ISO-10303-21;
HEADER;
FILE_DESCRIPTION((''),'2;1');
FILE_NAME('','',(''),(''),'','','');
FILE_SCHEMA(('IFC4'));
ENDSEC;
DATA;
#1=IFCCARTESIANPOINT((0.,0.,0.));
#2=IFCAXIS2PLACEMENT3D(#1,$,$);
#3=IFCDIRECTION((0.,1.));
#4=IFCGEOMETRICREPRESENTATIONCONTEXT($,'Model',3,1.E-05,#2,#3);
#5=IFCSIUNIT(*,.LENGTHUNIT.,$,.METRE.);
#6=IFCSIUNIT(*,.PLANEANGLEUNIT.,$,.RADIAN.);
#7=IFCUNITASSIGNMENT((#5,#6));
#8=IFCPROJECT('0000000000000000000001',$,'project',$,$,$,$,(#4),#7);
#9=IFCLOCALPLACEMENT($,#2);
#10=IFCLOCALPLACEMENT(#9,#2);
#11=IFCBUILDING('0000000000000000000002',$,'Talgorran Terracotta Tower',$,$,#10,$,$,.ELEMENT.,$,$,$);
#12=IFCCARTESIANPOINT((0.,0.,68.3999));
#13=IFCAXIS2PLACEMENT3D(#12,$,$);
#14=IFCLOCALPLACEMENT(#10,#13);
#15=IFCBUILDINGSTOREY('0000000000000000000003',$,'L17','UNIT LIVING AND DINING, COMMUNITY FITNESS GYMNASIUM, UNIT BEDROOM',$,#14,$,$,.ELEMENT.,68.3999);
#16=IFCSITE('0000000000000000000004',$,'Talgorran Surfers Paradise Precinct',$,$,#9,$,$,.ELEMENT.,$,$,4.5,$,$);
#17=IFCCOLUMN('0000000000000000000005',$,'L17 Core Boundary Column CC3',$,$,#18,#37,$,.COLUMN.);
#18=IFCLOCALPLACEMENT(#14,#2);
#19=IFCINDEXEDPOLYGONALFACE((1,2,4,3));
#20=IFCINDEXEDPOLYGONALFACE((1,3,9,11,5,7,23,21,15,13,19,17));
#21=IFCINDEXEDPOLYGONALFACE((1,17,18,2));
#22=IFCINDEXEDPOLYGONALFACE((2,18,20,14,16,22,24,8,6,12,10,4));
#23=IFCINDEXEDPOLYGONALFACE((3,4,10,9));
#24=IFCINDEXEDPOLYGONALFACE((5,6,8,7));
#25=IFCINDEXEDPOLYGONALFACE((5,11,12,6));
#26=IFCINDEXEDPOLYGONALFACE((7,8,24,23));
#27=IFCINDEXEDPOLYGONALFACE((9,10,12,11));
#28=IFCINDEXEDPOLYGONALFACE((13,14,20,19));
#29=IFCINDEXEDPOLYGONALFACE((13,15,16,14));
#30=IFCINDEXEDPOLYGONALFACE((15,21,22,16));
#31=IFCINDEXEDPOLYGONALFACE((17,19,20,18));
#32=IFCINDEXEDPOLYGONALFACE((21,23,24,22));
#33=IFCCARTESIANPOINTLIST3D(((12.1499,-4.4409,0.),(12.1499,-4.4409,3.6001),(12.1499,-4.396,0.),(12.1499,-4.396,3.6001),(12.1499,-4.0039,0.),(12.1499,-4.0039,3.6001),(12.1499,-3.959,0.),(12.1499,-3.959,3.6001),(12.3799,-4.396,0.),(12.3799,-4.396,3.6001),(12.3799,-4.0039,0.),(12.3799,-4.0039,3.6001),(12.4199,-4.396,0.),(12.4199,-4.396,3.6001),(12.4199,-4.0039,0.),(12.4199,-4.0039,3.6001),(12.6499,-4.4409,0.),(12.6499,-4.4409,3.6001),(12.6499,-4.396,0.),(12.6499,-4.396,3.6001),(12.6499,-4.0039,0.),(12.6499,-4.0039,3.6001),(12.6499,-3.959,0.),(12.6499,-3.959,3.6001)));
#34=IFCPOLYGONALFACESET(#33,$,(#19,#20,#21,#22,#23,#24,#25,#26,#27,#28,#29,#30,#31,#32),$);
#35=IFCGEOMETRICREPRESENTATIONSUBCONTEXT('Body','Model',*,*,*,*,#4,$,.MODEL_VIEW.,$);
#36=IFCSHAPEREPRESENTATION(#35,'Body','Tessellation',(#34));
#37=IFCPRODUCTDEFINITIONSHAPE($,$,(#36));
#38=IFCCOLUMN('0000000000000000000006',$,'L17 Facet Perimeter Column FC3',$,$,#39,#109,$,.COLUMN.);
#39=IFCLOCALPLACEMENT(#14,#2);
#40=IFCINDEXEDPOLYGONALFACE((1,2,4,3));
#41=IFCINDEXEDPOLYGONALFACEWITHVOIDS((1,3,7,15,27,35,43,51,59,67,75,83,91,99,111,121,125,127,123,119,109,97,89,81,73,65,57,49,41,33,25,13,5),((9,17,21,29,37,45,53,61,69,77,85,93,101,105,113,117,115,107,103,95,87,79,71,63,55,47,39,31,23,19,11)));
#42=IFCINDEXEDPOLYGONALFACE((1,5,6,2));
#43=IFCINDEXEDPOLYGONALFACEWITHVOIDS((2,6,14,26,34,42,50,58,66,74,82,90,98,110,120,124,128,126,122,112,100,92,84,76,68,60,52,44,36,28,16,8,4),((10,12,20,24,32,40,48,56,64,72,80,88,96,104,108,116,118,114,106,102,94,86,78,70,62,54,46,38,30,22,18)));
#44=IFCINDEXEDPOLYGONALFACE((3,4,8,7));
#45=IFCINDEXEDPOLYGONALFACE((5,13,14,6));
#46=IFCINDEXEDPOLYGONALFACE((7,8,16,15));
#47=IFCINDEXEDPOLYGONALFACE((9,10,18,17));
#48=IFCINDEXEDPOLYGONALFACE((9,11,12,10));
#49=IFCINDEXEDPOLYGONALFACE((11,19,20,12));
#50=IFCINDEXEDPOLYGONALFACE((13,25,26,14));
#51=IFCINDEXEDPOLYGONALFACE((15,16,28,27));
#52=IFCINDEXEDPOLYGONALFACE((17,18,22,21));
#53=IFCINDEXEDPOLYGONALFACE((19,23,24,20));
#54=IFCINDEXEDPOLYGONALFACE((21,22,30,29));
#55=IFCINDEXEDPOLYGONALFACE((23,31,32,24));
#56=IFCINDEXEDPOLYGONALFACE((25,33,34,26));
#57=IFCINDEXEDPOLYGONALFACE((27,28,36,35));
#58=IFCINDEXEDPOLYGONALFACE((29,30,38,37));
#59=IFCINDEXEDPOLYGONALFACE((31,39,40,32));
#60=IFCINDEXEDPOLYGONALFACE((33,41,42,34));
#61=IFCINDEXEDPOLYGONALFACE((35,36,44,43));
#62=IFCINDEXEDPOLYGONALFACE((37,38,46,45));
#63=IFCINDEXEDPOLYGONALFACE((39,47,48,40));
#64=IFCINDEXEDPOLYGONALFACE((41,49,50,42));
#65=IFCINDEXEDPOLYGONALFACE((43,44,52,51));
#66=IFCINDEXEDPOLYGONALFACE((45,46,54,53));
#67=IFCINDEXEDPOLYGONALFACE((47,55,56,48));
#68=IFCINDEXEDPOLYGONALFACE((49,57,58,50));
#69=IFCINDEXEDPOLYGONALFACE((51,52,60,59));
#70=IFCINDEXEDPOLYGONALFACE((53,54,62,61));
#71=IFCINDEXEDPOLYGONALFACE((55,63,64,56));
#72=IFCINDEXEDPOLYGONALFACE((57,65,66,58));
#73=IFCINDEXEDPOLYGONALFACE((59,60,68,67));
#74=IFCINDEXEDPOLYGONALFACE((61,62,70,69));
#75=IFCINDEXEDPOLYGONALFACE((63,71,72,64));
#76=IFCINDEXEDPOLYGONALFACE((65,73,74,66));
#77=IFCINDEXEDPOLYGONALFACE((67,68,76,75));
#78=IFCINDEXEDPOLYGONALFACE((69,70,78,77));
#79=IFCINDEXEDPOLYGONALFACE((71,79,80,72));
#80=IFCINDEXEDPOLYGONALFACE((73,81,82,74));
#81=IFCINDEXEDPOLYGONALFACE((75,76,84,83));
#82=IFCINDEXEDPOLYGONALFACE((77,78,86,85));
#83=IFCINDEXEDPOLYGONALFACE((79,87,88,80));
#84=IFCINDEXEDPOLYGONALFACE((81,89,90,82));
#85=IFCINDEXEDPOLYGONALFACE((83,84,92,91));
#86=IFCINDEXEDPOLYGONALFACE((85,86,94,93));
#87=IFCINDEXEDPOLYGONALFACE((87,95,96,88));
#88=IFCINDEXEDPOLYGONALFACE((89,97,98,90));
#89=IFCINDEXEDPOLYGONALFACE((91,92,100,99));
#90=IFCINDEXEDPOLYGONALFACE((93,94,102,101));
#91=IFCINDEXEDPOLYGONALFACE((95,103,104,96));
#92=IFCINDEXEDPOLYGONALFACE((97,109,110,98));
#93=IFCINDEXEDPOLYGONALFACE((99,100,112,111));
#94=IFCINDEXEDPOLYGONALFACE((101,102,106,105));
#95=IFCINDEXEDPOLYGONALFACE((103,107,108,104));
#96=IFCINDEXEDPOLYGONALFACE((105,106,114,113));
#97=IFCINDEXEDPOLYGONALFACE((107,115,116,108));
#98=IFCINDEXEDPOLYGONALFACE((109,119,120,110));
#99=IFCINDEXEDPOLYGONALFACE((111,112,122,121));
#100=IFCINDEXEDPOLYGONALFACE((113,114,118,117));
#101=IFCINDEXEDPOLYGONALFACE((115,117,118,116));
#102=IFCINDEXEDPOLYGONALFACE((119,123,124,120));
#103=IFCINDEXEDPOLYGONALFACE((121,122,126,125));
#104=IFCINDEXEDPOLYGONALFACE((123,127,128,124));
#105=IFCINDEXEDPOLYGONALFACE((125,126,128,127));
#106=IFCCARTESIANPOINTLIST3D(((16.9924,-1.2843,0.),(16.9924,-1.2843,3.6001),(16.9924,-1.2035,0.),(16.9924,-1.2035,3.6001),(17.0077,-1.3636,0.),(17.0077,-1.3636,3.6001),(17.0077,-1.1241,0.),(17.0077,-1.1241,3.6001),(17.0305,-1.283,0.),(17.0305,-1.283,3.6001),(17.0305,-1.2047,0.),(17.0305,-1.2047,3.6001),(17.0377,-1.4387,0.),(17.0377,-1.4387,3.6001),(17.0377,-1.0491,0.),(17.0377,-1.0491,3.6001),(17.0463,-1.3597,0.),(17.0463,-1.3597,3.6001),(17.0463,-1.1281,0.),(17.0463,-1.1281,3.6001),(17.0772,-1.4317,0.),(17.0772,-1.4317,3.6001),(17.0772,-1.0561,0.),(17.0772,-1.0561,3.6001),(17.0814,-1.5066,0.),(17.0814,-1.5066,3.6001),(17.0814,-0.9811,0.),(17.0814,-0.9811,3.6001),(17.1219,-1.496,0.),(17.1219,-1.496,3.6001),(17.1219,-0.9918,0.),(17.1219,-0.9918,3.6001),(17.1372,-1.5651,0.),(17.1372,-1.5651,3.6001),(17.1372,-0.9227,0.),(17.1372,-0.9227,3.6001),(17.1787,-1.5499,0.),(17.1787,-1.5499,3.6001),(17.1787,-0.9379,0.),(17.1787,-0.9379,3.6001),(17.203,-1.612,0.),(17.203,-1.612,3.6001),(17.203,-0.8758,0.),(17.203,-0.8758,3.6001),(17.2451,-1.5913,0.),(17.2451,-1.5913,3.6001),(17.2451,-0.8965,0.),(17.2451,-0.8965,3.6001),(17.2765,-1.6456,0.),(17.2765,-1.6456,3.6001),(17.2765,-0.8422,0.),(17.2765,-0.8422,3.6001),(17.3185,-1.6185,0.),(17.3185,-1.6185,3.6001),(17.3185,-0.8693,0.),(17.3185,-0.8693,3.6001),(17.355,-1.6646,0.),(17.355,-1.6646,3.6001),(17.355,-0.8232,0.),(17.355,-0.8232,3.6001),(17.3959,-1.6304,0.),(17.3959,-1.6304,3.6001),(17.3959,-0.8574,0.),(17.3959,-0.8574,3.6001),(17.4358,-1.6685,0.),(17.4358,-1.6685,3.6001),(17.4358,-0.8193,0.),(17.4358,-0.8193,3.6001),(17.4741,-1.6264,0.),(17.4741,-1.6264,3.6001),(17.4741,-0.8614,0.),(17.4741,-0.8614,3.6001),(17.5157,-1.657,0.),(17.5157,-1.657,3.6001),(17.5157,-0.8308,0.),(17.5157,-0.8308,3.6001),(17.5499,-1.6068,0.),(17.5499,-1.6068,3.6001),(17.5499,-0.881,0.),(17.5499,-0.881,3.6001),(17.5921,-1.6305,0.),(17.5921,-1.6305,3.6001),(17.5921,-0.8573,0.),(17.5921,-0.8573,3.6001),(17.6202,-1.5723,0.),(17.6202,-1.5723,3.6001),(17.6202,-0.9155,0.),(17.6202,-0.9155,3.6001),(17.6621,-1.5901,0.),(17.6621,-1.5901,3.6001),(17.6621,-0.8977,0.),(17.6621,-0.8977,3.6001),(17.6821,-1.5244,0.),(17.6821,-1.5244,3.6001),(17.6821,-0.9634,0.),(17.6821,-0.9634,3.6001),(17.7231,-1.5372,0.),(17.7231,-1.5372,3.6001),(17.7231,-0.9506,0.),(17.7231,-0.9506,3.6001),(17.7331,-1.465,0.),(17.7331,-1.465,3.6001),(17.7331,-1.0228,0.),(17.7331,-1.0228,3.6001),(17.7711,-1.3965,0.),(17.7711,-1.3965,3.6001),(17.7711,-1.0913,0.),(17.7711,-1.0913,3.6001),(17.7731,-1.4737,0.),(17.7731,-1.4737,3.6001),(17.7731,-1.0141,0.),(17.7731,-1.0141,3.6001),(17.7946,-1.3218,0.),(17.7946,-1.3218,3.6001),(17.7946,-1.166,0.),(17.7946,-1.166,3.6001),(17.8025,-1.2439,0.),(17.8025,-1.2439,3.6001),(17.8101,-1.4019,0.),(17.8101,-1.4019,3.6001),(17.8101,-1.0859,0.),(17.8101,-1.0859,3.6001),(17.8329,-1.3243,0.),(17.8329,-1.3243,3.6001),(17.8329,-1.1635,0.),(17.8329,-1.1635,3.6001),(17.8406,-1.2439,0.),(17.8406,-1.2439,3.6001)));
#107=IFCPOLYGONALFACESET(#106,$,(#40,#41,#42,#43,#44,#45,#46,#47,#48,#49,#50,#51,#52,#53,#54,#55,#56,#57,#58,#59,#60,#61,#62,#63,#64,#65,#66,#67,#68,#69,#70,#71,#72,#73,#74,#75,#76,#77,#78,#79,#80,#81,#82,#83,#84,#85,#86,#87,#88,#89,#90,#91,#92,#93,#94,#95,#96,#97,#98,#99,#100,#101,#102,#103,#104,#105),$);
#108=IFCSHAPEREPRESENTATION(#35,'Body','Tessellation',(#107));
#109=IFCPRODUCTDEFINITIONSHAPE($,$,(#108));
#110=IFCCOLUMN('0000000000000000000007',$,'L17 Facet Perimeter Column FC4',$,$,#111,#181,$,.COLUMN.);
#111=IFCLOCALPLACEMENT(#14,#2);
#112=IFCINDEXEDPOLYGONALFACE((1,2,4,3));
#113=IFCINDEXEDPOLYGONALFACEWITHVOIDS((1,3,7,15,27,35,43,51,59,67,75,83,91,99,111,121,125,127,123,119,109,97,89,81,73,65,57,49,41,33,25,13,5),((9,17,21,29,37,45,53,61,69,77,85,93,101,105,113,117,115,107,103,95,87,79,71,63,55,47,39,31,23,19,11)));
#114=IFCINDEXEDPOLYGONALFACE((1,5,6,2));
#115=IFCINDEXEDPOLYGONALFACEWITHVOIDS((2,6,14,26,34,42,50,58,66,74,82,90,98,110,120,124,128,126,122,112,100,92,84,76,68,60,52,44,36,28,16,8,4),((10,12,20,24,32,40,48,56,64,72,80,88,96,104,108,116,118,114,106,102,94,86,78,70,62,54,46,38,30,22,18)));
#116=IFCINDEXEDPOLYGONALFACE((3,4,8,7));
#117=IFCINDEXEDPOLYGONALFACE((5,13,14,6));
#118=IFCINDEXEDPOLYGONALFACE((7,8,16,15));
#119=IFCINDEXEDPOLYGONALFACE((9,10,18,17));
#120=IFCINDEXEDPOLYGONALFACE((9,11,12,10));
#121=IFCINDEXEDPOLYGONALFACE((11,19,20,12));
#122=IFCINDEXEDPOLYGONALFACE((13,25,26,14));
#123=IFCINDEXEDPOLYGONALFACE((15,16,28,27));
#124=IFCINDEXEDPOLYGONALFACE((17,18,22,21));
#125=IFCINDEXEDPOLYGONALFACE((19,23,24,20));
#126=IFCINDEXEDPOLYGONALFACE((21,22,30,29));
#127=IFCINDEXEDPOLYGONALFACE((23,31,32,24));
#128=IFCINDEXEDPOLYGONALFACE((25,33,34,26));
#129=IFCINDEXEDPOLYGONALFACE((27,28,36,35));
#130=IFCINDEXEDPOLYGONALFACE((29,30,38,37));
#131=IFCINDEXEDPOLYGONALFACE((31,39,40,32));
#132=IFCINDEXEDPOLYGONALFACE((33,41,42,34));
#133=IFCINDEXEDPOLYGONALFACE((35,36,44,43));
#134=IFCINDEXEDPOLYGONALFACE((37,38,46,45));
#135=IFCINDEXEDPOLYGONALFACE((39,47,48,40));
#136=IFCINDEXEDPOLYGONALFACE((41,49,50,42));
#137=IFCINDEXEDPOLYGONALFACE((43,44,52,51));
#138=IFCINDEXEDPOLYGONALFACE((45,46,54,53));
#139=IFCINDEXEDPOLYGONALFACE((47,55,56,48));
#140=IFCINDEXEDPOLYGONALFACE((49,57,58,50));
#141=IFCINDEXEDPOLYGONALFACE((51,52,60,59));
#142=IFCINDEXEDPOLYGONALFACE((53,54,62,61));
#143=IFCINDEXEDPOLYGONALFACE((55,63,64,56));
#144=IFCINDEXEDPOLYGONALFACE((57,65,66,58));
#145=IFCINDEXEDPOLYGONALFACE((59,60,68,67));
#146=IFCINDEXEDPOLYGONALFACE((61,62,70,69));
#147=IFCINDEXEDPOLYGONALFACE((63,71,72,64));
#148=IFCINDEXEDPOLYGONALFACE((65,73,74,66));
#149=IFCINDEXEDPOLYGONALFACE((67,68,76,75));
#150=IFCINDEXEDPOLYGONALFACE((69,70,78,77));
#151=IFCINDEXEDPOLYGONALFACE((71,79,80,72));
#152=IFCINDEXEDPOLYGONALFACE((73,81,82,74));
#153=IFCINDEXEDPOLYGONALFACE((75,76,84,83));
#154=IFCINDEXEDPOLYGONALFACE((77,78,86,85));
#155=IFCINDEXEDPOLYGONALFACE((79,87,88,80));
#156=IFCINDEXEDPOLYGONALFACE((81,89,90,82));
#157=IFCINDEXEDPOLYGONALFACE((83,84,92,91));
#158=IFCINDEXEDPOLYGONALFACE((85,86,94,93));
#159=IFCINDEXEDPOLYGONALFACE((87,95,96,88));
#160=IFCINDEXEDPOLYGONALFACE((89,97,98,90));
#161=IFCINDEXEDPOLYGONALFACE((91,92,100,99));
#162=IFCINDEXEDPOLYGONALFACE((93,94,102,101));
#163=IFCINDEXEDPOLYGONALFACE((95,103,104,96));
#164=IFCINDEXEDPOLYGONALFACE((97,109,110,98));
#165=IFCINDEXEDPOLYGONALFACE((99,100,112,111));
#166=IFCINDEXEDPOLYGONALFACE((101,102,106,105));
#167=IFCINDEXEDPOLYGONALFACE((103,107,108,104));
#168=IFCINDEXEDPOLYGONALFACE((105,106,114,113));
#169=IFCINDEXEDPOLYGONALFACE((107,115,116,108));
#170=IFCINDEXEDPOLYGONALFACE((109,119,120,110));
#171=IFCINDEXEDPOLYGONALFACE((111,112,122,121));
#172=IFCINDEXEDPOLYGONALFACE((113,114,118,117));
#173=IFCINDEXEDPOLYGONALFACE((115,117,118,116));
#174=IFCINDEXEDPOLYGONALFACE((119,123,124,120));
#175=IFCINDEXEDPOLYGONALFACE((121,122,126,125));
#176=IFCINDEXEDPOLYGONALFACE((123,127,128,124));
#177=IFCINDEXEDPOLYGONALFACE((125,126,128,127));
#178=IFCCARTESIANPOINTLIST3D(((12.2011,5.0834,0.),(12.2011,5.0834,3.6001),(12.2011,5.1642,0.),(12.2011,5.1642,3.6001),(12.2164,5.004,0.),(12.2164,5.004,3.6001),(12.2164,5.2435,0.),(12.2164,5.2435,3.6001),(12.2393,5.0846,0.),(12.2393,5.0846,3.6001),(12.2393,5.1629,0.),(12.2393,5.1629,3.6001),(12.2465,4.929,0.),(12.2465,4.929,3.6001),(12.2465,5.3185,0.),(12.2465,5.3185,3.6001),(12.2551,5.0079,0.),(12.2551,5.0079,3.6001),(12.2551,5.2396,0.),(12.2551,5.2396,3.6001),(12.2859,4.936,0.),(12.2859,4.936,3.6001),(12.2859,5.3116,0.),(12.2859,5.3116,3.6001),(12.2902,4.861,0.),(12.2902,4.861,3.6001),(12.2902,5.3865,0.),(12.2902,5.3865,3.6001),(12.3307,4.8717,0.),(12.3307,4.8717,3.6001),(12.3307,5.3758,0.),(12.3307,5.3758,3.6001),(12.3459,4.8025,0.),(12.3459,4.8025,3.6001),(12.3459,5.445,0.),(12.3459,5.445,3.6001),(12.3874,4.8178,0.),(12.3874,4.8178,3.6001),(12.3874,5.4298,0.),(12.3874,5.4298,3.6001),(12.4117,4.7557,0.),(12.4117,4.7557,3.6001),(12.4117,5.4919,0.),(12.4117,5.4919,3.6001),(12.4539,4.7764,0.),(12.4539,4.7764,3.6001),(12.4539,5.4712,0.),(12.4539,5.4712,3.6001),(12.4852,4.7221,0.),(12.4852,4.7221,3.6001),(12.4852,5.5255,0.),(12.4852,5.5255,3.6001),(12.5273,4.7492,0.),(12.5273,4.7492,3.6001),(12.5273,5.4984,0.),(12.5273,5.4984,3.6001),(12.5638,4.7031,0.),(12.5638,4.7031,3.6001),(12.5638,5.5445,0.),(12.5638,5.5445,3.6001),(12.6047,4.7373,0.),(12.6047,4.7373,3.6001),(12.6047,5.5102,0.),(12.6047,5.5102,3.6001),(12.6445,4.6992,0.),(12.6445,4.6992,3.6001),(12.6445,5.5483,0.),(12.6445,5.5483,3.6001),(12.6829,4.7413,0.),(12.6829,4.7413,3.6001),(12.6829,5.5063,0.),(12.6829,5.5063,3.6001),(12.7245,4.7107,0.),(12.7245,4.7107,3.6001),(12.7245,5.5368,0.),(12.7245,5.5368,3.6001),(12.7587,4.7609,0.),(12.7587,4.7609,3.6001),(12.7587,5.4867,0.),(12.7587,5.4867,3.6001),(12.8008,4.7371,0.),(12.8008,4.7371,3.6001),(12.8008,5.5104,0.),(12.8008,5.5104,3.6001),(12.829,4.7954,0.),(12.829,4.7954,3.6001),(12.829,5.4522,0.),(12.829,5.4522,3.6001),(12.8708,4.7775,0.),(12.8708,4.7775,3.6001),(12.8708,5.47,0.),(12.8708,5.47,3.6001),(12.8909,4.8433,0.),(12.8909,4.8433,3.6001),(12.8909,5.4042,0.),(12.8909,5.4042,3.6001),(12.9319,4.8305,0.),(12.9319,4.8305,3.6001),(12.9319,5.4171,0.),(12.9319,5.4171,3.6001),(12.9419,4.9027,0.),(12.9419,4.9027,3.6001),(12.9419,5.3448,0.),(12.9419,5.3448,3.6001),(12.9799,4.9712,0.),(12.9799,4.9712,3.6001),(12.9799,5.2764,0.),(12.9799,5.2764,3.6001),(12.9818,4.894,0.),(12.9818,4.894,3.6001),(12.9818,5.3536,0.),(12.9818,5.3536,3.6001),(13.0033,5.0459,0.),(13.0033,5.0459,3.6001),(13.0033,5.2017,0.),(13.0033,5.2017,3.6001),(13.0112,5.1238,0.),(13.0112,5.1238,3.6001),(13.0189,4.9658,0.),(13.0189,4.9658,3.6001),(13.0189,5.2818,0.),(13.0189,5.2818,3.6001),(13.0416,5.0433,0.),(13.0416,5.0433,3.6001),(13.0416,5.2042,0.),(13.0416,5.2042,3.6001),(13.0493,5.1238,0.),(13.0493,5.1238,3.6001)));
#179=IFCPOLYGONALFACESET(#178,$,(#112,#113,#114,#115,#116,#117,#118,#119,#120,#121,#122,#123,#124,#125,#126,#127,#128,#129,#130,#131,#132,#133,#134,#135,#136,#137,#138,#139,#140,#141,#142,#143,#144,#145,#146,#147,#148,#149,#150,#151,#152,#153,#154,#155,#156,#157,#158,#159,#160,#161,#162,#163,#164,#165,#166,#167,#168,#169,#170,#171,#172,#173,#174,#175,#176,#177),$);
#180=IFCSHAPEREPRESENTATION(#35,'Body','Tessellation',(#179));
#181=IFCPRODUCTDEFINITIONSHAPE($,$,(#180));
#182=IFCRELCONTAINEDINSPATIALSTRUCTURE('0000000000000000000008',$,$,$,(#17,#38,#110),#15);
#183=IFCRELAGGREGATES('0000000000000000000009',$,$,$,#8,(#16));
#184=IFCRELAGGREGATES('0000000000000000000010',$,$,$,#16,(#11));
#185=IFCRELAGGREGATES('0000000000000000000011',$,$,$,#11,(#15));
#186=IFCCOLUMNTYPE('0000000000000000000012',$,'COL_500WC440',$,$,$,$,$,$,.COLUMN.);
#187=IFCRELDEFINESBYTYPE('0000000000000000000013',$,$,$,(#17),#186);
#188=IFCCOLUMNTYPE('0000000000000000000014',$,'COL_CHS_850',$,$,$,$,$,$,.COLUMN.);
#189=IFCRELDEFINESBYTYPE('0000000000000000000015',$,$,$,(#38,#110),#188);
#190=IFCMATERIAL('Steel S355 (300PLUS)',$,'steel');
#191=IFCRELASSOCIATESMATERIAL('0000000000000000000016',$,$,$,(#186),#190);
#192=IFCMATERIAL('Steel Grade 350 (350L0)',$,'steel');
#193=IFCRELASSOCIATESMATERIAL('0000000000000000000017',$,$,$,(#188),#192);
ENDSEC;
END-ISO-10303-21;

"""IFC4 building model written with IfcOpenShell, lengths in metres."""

from ifc_helpers import new_model, si_unit, direction, frame, origin, origin_2d, place, context, subcontext, project, spatial, hollow_circle, i_section, extrude, material, material_profile, profile_set, type_object, element, save


model = new_model("IFC4")

# Units and contexts
model_context = context("Model", 3, precision=1e-05, world=origin(), true_north=direction((0.0, 1.0)))
body_context = subcontext(model_context, "Body", "Model", "MODEL_VIEW")
ifc_project = project(units=[si_unit("LENGTHUNIT", "METRE"), si_unit("PLANEANGLEUNIT", "RADIAN")], contexts=[model_context])

# Site, building, storey
site_placement = place(None, origin())
site = spatial("IfcSite", under=ifc_project, at=site_placement, Name="Talgorran Surfers Paradise Precinct", CompositionType="ELEMENT", RefElevation=4.5)
building_placement = place(site_placement, origin())
building = spatial("IfcBuilding", under=site, at=building_placement, Name="Talgorran Terracotta Tower", CompositionType="ELEMENT")
storey_placement = place(building_placement, frame((0.0, 0.0, 68.3999)))
storey = spatial("IfcBuildingStorey", under=building, at=storey_placement, Name="L17", Description="UNIT LIVING AND DINING, COMMUNITY FITNESS GYMNASIUM, UNIT BEDROOM", CompositionType="ELEMENT", Elevation=68.3999)

# Columns
ifc_material_1 = material(Name="Steel S355 (300PLUS)", Category="steel")
ifc_material_profile_1 = material_profile(ifc_material_1, i_section(OverallWidth=0.5, OverallDepth=0.4819, WebThickness=0.04, FlangeThickness=0.0449, at=origin_2d()), Name="500WC440")
ifc_profile_set_1 = profile_set([ifc_material_profile_1], Name="Steel S355 (300PLUS)")
column_type_1 = type_object("IfcColumnType", Name="COL_500WC440", PredefinedType="COLUMN", material=ifc_profile_set_1)
column_placement = place(storey_placement, frame((12.3999, -4.2, 0.0), z_axis=(0.0, 0.0, 1.0), x_axis=(1.0, 0.0, 0.0)))
element("IfcColumn", 1, at=column_placement, inside=storey, type_object=column_type_1, Name="L17 Core Boundary Column CC3", PredefinedType="COLUMN", context=body_context, shape_type="SweptSolid", body=[
    extrude(i_section(OverallWidth=0.5, OverallDepth=0.4819, WebThickness=0.04, FlangeThickness=0.0449, at=origin_2d()), origin(), (0.0, 0.0, 1.0), 3.6001),
])
ifc_material_2 = material(Name="Steel Grade 350 (350L0)", Category="steel")
ifc_material_profile_2 = material_profile(ifc_material_2, hollow_circle(Radius=0.425, WallThickness=0.0381, at=origin_2d()), Name="CHS850X38")
ifc_profile_set_2 = profile_set([ifc_material_profile_2], Name="Steel Grade 350 (350L0)")
column_type_2 = type_object("IfcColumnType", Name="COL_CHS_850", PredefinedType="COLUMN", material=ifc_profile_set_2)
for number, where, z_axis, x_axis, name in (
    (2, (17.4155, -1.2439, 0.0), (0.0, 0.0, 1.0), (1.0, 0.0, 0.0), "L17 Facet Perimeter Column FC3"),
    (3, (12.6243, 5.1238, 0.0), (0.0, 0.0, 1.0), (1.0, 0.0, 0.0), "L17 Facet Perimeter Column FC4"),
):
    element("IfcColumn", number, at=place(storey_placement, frame(where, z_axis=z_axis, x_axis=x_axis)), inside=storey, type_object=column_type_2, Name=name, PredefinedType="COLUMN", context=body_context, shape_type="SweptSolid", body=[
        extrude(hollow_circle(Radius=0.425, WallThickness=0.0381, at=origin_2d()), origin(), (0.0, 0.0, 1.0), 3.6001),
    ])

save(model, "model.ifc")
